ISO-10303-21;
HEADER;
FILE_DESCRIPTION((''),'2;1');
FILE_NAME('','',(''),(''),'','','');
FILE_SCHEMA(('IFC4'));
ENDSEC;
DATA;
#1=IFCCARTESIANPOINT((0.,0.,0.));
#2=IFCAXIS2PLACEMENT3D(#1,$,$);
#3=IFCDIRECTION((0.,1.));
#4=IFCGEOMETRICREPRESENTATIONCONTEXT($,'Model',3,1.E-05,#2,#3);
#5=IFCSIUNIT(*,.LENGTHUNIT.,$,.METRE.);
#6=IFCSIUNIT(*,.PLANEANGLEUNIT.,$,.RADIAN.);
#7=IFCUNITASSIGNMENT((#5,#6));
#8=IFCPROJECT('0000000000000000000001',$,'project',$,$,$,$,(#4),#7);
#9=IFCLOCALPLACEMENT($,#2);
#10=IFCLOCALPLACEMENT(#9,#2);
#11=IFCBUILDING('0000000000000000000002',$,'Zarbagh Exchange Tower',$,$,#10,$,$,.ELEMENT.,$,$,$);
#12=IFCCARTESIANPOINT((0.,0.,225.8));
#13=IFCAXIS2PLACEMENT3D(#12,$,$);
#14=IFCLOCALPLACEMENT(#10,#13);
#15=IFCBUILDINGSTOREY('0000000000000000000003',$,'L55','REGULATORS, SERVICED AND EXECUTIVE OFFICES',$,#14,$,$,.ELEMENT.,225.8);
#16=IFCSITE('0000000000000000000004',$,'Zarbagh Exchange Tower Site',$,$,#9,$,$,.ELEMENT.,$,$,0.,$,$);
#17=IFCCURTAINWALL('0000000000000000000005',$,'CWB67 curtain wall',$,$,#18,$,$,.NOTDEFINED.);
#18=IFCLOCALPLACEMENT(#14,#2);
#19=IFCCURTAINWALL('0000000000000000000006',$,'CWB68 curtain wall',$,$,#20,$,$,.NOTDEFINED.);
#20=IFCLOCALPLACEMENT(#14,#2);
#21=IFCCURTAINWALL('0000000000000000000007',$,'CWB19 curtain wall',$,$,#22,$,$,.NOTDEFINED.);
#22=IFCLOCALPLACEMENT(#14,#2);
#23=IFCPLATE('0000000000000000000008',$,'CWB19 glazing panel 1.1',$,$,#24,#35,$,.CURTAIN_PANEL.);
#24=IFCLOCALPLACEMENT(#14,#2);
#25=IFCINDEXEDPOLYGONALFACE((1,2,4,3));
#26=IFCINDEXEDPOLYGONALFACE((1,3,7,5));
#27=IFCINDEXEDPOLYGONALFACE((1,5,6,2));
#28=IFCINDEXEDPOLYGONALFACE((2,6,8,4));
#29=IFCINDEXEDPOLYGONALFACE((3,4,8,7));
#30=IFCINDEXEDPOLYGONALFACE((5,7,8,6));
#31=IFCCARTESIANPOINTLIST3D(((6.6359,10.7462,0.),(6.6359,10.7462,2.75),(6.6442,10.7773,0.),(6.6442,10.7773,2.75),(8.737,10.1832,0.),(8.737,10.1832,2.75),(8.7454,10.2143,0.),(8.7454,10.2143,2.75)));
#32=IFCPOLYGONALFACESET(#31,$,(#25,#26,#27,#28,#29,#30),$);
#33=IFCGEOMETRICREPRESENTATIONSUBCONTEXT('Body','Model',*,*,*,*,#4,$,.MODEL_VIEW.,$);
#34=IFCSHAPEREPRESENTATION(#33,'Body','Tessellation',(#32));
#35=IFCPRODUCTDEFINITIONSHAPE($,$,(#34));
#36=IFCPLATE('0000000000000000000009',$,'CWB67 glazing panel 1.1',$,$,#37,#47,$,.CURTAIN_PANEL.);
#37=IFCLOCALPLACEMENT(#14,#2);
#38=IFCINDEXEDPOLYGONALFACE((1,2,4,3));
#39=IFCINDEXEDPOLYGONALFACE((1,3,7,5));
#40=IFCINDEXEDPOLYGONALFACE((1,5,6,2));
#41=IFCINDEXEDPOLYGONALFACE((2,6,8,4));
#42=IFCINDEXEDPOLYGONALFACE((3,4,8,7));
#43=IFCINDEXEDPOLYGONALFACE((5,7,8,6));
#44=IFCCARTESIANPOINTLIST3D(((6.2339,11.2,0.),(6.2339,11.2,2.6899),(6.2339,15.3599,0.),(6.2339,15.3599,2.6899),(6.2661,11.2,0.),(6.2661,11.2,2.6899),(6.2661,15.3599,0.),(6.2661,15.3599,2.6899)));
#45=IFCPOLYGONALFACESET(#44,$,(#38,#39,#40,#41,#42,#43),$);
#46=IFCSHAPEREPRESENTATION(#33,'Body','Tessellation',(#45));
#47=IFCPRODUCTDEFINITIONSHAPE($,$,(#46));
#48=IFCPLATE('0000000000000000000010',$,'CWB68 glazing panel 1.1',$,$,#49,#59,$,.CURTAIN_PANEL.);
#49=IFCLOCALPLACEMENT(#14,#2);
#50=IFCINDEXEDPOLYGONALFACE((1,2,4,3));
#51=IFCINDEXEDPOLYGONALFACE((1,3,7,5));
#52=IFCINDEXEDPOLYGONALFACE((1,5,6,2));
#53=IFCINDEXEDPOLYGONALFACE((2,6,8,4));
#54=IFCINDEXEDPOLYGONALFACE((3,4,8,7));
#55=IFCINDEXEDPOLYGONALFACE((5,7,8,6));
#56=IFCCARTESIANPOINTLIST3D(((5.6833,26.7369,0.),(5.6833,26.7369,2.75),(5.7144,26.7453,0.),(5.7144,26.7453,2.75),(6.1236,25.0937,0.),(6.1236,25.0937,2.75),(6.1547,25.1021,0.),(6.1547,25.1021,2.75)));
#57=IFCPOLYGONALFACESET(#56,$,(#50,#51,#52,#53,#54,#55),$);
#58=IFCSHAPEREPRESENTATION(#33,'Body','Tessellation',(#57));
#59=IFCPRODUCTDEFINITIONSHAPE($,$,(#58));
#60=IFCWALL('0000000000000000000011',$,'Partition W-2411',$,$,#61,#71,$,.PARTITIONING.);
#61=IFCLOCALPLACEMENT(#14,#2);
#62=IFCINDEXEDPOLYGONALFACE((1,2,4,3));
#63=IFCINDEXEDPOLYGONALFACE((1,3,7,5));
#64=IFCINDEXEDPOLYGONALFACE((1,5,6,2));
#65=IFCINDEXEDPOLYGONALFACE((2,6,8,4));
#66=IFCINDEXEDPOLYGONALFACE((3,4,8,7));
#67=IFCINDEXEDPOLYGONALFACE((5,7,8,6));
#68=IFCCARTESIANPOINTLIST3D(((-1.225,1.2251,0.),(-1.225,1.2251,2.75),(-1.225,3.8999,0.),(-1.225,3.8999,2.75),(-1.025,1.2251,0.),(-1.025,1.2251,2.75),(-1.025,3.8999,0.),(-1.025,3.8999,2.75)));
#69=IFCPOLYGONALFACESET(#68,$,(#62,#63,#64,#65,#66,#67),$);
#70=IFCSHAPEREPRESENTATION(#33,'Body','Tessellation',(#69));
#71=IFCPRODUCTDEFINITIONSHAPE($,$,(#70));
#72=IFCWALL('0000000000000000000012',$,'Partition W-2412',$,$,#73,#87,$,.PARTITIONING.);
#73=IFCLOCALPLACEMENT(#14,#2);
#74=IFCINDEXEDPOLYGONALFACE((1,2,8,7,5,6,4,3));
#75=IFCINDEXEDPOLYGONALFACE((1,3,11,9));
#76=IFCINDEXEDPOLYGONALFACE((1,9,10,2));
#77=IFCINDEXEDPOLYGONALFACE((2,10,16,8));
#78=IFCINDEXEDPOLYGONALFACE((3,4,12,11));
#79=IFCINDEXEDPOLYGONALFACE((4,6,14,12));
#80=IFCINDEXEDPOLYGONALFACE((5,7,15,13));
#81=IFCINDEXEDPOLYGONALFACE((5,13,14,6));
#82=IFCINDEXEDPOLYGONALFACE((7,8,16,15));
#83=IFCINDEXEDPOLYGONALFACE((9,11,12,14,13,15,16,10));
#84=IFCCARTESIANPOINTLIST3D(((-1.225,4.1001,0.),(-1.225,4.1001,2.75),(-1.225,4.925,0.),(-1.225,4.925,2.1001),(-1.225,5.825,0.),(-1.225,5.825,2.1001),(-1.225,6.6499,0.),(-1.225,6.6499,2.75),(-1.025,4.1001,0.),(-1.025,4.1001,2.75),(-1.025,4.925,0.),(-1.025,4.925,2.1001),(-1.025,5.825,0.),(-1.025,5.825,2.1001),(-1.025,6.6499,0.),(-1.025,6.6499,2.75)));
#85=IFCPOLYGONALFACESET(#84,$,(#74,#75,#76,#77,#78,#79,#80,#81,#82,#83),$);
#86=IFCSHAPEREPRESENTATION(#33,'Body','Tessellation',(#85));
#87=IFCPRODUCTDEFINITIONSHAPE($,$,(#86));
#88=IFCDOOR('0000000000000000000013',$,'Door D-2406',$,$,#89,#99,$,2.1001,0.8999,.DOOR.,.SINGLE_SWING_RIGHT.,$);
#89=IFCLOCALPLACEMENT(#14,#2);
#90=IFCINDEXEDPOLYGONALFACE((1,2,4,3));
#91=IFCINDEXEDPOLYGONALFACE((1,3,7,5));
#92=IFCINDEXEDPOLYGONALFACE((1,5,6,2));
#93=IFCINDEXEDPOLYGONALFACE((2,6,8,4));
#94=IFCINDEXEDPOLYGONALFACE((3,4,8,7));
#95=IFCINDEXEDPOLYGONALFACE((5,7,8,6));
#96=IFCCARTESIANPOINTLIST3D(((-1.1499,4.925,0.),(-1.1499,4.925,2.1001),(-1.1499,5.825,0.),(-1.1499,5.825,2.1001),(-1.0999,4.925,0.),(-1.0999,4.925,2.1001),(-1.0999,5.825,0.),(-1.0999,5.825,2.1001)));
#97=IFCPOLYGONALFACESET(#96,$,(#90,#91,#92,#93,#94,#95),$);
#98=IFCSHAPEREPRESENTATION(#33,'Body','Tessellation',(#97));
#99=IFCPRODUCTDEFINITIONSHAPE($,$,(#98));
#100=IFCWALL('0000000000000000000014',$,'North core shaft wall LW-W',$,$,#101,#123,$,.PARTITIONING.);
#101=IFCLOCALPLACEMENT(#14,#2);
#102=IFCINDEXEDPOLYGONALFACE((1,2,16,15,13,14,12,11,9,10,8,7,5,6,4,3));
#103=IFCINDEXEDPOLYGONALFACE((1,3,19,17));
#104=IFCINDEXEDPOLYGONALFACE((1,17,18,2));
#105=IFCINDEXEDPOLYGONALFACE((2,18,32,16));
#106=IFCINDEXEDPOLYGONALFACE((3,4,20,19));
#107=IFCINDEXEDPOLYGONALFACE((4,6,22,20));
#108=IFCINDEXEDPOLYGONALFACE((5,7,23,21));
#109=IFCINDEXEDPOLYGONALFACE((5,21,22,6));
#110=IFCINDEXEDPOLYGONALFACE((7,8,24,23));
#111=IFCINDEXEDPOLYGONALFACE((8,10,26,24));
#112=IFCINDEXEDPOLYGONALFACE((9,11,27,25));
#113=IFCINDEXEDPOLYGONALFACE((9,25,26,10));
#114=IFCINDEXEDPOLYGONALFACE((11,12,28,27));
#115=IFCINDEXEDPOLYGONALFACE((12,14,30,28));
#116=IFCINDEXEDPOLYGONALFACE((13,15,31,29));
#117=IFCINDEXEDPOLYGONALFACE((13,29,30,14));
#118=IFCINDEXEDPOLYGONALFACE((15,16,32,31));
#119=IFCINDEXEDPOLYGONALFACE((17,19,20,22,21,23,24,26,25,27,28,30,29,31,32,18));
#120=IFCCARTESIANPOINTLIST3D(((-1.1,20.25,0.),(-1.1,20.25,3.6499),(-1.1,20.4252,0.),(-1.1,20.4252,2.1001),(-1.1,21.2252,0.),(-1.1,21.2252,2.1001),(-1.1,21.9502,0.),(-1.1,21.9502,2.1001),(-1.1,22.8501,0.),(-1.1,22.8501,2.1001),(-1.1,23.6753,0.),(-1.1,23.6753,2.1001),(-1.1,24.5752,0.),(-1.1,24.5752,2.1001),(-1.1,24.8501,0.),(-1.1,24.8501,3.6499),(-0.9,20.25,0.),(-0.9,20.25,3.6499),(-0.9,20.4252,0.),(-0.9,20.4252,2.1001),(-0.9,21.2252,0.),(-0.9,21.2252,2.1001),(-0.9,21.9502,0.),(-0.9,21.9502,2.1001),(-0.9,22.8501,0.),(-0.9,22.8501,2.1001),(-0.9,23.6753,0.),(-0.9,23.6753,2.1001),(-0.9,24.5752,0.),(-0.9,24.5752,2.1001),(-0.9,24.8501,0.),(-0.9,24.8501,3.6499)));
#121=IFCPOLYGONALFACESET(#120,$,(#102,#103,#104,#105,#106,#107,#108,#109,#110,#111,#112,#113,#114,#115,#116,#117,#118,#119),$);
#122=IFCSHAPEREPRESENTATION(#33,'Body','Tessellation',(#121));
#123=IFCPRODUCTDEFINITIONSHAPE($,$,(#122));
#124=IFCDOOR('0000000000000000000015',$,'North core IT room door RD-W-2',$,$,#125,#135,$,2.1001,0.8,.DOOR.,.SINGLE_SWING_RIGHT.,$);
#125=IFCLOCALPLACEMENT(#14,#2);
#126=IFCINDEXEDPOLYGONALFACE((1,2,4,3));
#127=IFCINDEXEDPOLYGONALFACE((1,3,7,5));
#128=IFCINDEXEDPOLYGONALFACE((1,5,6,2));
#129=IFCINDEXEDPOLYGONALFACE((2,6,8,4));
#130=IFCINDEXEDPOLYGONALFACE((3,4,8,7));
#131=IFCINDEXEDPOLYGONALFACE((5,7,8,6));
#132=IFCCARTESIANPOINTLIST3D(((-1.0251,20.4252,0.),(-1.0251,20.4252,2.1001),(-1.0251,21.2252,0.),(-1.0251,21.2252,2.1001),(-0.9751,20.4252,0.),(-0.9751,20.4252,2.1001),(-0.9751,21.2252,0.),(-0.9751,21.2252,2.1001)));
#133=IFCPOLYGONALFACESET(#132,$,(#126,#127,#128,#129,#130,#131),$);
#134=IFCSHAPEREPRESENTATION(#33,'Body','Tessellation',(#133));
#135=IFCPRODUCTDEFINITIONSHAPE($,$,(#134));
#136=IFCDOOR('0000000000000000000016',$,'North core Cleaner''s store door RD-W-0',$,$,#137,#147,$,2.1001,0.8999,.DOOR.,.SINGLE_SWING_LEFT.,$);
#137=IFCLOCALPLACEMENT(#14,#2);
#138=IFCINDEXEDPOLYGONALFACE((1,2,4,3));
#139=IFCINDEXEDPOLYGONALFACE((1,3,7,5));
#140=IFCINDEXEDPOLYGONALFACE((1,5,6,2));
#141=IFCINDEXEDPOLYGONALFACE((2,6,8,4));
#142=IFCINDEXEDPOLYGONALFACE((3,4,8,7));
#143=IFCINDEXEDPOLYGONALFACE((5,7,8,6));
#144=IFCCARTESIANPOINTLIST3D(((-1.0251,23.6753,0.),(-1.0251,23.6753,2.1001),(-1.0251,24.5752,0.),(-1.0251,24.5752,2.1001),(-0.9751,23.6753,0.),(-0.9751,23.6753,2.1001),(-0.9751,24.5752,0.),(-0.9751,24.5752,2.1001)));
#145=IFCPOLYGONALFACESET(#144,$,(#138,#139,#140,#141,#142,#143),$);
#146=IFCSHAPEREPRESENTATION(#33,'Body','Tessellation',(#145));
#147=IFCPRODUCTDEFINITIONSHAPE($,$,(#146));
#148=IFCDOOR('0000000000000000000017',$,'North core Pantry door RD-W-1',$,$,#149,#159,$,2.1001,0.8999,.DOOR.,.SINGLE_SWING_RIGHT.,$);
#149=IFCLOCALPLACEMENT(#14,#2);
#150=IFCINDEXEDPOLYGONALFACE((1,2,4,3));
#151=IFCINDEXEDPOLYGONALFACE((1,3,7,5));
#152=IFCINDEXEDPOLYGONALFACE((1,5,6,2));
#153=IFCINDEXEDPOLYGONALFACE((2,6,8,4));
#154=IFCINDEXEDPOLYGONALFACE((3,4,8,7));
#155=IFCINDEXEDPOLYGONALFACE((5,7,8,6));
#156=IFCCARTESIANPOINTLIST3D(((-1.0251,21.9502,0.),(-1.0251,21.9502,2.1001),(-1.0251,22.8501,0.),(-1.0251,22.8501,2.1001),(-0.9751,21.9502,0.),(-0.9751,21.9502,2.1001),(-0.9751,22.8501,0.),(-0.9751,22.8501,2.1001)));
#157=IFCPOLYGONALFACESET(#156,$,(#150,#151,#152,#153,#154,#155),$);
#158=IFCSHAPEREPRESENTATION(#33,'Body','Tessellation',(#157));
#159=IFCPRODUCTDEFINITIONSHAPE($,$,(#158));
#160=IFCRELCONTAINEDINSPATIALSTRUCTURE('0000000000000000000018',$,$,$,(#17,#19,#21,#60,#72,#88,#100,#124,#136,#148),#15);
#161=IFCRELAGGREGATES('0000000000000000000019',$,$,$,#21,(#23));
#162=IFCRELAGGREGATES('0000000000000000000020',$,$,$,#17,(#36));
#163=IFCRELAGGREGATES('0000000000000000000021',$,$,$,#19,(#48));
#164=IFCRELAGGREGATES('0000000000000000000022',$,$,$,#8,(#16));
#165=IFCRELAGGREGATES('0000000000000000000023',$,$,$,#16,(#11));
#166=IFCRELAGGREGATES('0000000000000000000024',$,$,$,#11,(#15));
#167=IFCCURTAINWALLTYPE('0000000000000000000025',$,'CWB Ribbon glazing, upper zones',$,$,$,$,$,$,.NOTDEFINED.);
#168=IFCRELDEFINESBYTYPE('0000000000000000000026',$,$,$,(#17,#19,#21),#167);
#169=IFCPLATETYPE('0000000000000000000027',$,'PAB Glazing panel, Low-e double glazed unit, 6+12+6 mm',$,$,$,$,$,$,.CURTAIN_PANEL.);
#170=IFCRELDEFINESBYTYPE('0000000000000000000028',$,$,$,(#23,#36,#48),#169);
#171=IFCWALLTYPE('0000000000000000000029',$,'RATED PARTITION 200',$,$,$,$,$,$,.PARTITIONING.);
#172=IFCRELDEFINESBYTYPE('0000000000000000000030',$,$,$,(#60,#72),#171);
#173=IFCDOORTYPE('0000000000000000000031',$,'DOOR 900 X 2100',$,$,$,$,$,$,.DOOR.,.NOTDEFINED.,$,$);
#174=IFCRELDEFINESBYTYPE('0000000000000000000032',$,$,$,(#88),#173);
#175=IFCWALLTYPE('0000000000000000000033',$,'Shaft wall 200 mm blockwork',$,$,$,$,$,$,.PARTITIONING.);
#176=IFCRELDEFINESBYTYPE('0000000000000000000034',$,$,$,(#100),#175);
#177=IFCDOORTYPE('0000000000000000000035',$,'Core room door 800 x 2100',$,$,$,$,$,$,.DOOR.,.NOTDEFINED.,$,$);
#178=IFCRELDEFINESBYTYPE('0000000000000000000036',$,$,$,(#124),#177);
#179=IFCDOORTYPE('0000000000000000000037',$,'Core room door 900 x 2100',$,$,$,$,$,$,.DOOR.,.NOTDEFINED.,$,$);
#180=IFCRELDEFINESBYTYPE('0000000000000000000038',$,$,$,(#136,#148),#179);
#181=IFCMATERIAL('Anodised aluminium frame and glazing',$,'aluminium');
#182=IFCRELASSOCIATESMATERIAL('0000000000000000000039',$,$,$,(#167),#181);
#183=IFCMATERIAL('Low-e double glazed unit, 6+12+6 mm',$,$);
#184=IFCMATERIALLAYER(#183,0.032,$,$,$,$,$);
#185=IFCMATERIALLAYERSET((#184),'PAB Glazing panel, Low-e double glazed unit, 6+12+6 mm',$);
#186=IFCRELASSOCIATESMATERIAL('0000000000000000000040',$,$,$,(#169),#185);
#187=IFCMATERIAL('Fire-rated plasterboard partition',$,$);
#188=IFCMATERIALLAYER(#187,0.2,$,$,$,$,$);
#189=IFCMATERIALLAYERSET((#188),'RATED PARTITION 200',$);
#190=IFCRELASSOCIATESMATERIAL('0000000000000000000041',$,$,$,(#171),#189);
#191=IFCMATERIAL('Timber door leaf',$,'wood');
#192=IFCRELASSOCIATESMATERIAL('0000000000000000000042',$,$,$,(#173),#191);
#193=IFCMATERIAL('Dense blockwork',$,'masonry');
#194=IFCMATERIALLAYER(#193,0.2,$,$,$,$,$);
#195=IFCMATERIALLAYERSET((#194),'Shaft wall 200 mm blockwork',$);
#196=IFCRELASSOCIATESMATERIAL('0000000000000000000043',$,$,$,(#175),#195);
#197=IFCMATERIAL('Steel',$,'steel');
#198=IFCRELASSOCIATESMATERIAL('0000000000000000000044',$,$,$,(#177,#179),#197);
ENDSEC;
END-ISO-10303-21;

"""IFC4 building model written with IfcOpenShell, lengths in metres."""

from ifc_helpers import new_model, si_unit, direction, frame, frame_2d, origin, place, context, subcontext, project, spatial, polyline, rectangle, outline, extrude, source, transform, mapped, material, layer, layer_set, type_object, element, fill, aggregate, save


model = new_model("IFC4")

# Units and contexts
model_context = context("Model", 3, precision=1e-05, world=origin(), true_north=direction((0.0, 1.0)))
body_context = subcontext(model_context, "Body", "Model", "MODEL_VIEW")
ifc_project = project(units=[si_unit("LENGTHUNIT", "METRE"), si_unit("PLANEANGLEUNIT", "RADIAN")], contexts=[model_context])

# Site, building, storey
site_placement = place(None, origin())
site = spatial("IfcSite", under=ifc_project, at=site_placement, Name="Zarbagh Exchange Tower Site", CompositionType="ELEMENT", RefElevation=0.0)
building_placement = place(site_placement, origin())
building = spatial("IfcBuilding", under=site, at=building_placement, Name="Zarbagh Exchange Tower", CompositionType="ELEMENT")
storey_placement = place(building_placement, frame((0.0, 0.0, 225.8)))
storey = spatial("IfcBuildingStorey", under=building, at=storey_placement, Name="L55", Description="REGULATORS, SERVICED AND EXECUTIVE OFFICES", CompositionType="ELEMENT", Elevation=225.8)

# Shared definitions
ifc_material_1 = material(Name="Anodised aluminium frame and glazing", Category="aluminium")
curtain_wall_type = type_object("IfcCurtainWallType", Name="CWB Ribbon glazing, upper zones", PredefinedType="NOTDEFINED", material=ifc_material_1)
placement = place(storey_placement, origin())

# Curtain wall
curtain_wall_1_placement = place(storey_placement, origin())
curtain_wall_1 = element("IfcCurtainWall", 1, at=curtain_wall_1_placement, inside=storey, type_object=curtain_wall_type, Name="CWB67 curtain wall", PredefinedType="NOTDEFINED")

# Curtain wall
curtain_wall_2_placement = place(storey_placement, origin())
curtain_wall_2 = element("IfcCurtainWall", 2, at=curtain_wall_2_placement, inside=storey, type_object=curtain_wall_type, Name="CWB68 curtain wall", PredefinedType="NOTDEFINED")

# Shared definitions
ifc_material_2 = material(Name="Low-e double glazed unit, 6+12+6 mm")
ifc_layer_1 = layer(ifc_material_2, 0.032)
ifc_layer_set_1 = layer_set([ifc_layer_1], Name="PAB Glazing panel, Low-e double glazed unit, 6+12+6 mm")
plate_type = type_object("IfcPlateType", Name="PAB Glazing panel, Low-e double glazed unit, 6+12+6 mm", PredefinedType="CURTAIN_PANEL", material=ifc_layer_set_1)

# Curtain wall, plate
curtain_wall_3_placement = place(storey_placement, origin())
curtain_wall_3 = element("IfcCurtainWall", 3, at=curtain_wall_3_placement, inside=storey, type_object=curtain_wall_type, Name="CWB19 curtain wall", PredefinedType="NOTDEFINED")
shared_shape_1 = source(origin(), body_context, "Body", "SweptSolid", [
    extrude(outline(polyline([(0.0, -0.0161), (2.1753, -0.0161), (2.1753, 0.0161), (0.0, 0.0161), (0.0, -0.0161)])), origin(), (0.0, 0.0, 1.0), 2.75),
])
plate_1 = element("IfcPlate", 4, at=placement, type_object=plate_type, Name="CWB19 glazing panel 1.1", PredefinedType="CURTAIN_PANEL", context=body_context, shape_type="MappedRepresentation", body=[
    mapped(shared_shape_1, transform((8.7412, 10.1987, 0.0), x_axis=(-0.965924, 0.258825, 0.0), y_axis=(-0.258825, -0.965924, 0.0), z_axis=(0.0, 0.0, 1.0))),
])
aggregate(curtain_wall_3, [plate_1])

# Plates
shared_shape_2 = source(origin(), body_context, "Body", "SweptSolid", [
    extrude(outline(polyline([(0.0, -0.0161), (4.1599, -0.0161), (4.1599, 0.0161), (0.0, 0.0161), (0.0, -0.0161)])), origin(), (0.0, 0.0, 1.0), 2.6899),
])
plate_2 = element("IfcPlate", 5, at=placement, type_object=plate_type, Name="CWB67 glazing panel 1.1", PredefinedType="CURTAIN_PANEL", context=body_context, shape_type="MappedRepresentation", body=[
    mapped(shared_shape_2, transform((6.25, 11.2, 0.0), x_axis=(0.0, 1.0, 0.0), y_axis=(-1.0, 0.0, 0.0), z_axis=(0.0, 0.0, 1.0))),
])
aggregate(curtain_wall_1, [plate_2])
shared_shape_3 = source(origin(), body_context, "Body", "SweptSolid", [
    extrude(outline(polyline([(0.0, -0.0161), (1.7012, -0.0161), (1.7012, 0.0161), (0.0, 0.0161), (0.0, -0.0161)])), origin(), (0.0, 0.0, 1.0), 2.75),
])
plate_3 = element("IfcPlate", 6, at=placement, type_object=plate_type, Name="CWB68 glazing panel 1.1", PredefinedType="CURTAIN_PANEL", context=body_context, shape_type="MappedRepresentation", body=[
    mapped(shared_shape_3, transform((6.1392, 25.0979, 0.0), x_axis=(-0.258825, 0.965924, 0.0), y_axis=(-0.965924, -0.258825, 0.0), z_axis=(0.0, 0.0, 1.0))),
])
aggregate(curtain_wall_2, [plate_3])

# Wall
ifc_material_3 = material(Name="Fire-rated plasterboard partition")
ifc_layer_2 = layer(ifc_material_3, 0.2)
ifc_layer_set_2 = layer_set([ifc_layer_2], Name="RATED PARTITION 200")
wall_type_1 = type_object("IfcWallType", Name="RATED PARTITION 200", PredefinedType="PARTITIONING", material=ifc_layer_set_2)
wall_1_placement = place(storey_placement, frame((-1.125, 1.2251, 0.0), z_axis=(0.0, 0.0, 1.0), x_axis=(0.0, 1.0, 0.0)))
element("IfcWall", 7, at=wall_1_placement, inside=storey, type_object=wall_type_1, Name="Partition W-2411", PredefinedType="PARTITIONING", context=body_context, shape_type="SweptSolid", body=[
    extrude(rectangle(XDim=2.6748, YDim=0.2, at=frame_2d((1.3374, 0.0))), origin(), (0.0, 0.0, 1.0), 2.75),
])

# Wall, opening, door
wall_2_placement = place(storey_placement, frame((-1.125, 4.1001, 0.0), z_axis=(0.0, 0.0, 1.0), x_axis=(0.0, 1.0, 0.0)))
wall_2 = element("IfcWall", 8, at=wall_2_placement, inside=storey, type_object=wall_type_1, Name="Partition W-2412", PredefinedType="PARTITIONING", context=body_context, shape_type="SweptSolid", body=[
    extrude(rectangle(XDim=2.5498, YDim=0.2, at=frame_2d((1.2749, 0.0))), origin(), (0.0, 0.0, 1.0), 2.75),
])
opening_1_placement = place(wall_2_placement, frame((0.825, 0.0, 0.0)))
opening_1 = element("IfcOpeningElement", 9, at=opening_1_placement, cuts=wall_2, PredefinedType="OPENING", context=body_context, shape_type="SweptSolid", body=[
    extrude(rectangle(XDim=0.8999, YDim=2.1001, at=frame_2d((0.45, 1.05))), frame((0.0, 0.1099, 0.0), z_axis=(0.0, -1.0, 0.0), x_axis=(1.0, 0.0, 0.0)), (0.0, 0.0, 1.0), 0.22),
])
ifc_material_4 = material(Name="Timber door leaf", Category="wood")
door_type_1 = type_object("IfcDoorType", Name="DOOR 900 X 2100", OperationType="NOTDEFINED", PredefinedType="DOOR", material=ifc_material_4)
door_1_placement = place(opening_1_placement, origin())
door_1 = element("IfcDoor", 10, at=door_1_placement, inside=storey, type_object=door_type_1, Name="Door D-2406", OperationType="SINGLE_SWING_RIGHT", OverallHeight=2.1001, OverallWidth=0.8999, PredefinedType="DOOR", context=body_context, shape_type="SweptSolid", body=[
    extrude(rectangle(XDim=0.8999, YDim=2.1001, at=frame_2d((0.45, 1.05))), frame((0.0, 0.0249, 0.0), z_axis=(0.0, -1.0, 0.0), x_axis=(1.0, 0.0, 0.0)), (0.0, 0.0, 1.0), 0.05),
])
fill(opening_1, door_1)

# Wall, openings, doors
ifc_material_5 = material(Name="Dense blockwork", Category="masonry")
ifc_layer_3 = layer(ifc_material_5, 0.2)
ifc_layer_set_3 = layer_set([ifc_layer_3], Name="Shaft wall 200 mm blockwork")
wall_type_2 = type_object("IfcWallType", Name="Shaft wall 200 mm blockwork", PredefinedType="PARTITIONING", material=ifc_layer_set_3)
wall_3_placement = place(storey_placement, frame((-1.0, 24.8501, 0.0), z_axis=(0.0, 0.0, 1.0), x_axis=(0.0, -1.0, 0.0)))
wall_3 = element("IfcWall", 11, at=wall_3_placement, inside=storey, type_object=wall_type_2, Name="North core shaft wall LW-W", PredefinedType="PARTITIONING", context=body_context, shape_type="SweptSolid", body=[
    extrude(rectangle(XDim=4.6001, YDim=0.2, at=frame_2d((2.3, 0.0))), origin(), (0.0, 0.0, 1.0), 3.6499),
])
opening_2_placement = place(wall_3_placement, frame((0.2749, 0.0, 0.0)))
opening_2 = element("IfcOpeningElement", 12, at=opening_2_placement, cuts=wall_3, PredefinedType="OPENING", context=body_context, shape_type="SweptSolid", body=[
    extrude(rectangle(XDim=0.8999, YDim=2.1001, at=frame_2d((0.45, 1.05))), frame((0.0, 0.1099, 0.0), z_axis=(0.0, -1.0, 0.0), x_axis=(1.0, 0.0, 0.0)), (0.0, 0.0, 1.0), 0.22),
])
opening_3_placement = place(wall_3_placement, frame((2.0, 0.0, 0.0)))
opening_3 = element("IfcOpeningElement", 13, at=opening_3_placement, cuts=wall_3, PredefinedType="OPENING", context=body_context, shape_type="SweptSolid", body=[
    extrude(rectangle(XDim=0.8999, YDim=2.1001, at=frame_2d((0.45, 1.05))), frame((0.0, 0.1099, 0.0), z_axis=(0.0, -1.0, 0.0), x_axis=(1.0, 0.0, 0.0)), (0.0, 0.0, 1.0), 0.22),
])
opening_4_placement = place(wall_3_placement, frame((3.625, 0.0, 0.0)))
opening_4 = element("IfcOpeningElement", 14, at=opening_4_placement, cuts=wall_3, PredefinedType="OPENING", context=body_context, shape_type="SweptSolid", body=[
    extrude(rectangle(XDim=0.8, YDim=2.1001, at=frame_2d((0.3999, 1.05))), frame((0.0, 0.1099, 0.0), z_axis=(0.0, -1.0, 0.0), x_axis=(1.0, 0.0, 0.0)), (0.0, 0.0, 1.0), 0.22),
])
ifc_material_6 = material(Name="Steel", Category="steel")
door_type_2 = type_object("IfcDoorType", Name="Core room door 800 x 2100", OperationType="NOTDEFINED", PredefinedType="DOOR", material=ifc_material_6)
door_2_placement = place(opening_4_placement, origin())
door_2 = element("IfcDoor", 15, at=door_2_placement, inside=storey, type_object=door_type_2, Name="North core IT room door RD-W-2", OperationType="SINGLE_SWING_RIGHT", OverallHeight=2.1001, OverallWidth=0.8, PredefinedType="DOOR", context=body_context, shape_type="SweptSolid", body=[
    extrude(rectangle(XDim=0.8, YDim=2.1001, at=frame_2d((0.3999, 1.05))), frame((0.0, 0.0249, 0.0), z_axis=(0.0, -1.0, 0.0), x_axis=(1.0, 0.0, 0.0)), (0.0, 0.0, 1.0), 0.05),
])
fill(opening_4, door_2)
door_type_3 = type_object("IfcDoorType", Name="Core room door 900 x 2100", OperationType="NOTDEFINED", PredefinedType="DOOR", material=ifc_material_6)
door_3_placement = place(opening_2_placement, origin())
door_3 = element("IfcDoor", 16, at=door_3_placement, inside=storey, type_object=door_type_3, Name="North core Cleaner's store door RD-W-0", OperationType="SINGLE_SWING_LEFT", OverallHeight=2.1001, OverallWidth=0.8999, PredefinedType="DOOR", context=body_context, shape_type="SweptSolid", body=[
    extrude(rectangle(XDim=0.8999, YDim=2.1001, at=frame_2d((0.45, 1.05))), frame((0.0, 0.0249, 0.0), z_axis=(0.0, -1.0, 0.0), x_axis=(1.0, 0.0, 0.0)), (0.0, 0.0, 1.0), 0.05),
])
fill(opening_2, door_3)
door_4_placement = place(opening_3_placement, origin())
door_4 = element("IfcDoor", 17, at=door_4_placement, inside=storey, type_object=door_type_3, Name="North core Pantry door RD-W-1", OperationType="SINGLE_SWING_RIGHT", OverallHeight=2.1001, OverallWidth=0.8999, PredefinedType="DOOR", context=body_context, shape_type="SweptSolid", body=[
    extrude(rectangle(XDim=0.8999, YDim=2.1001, at=frame_2d((0.45, 1.05))), frame((0.0, 0.0249, 0.0), z_axis=(0.0, -1.0, 0.0), x_axis=(1.0, 0.0, 0.0)), (0.0, 0.0, 1.0), 0.05),
])
fill(opening_3, door_4)

save(model, "model.ifc")
